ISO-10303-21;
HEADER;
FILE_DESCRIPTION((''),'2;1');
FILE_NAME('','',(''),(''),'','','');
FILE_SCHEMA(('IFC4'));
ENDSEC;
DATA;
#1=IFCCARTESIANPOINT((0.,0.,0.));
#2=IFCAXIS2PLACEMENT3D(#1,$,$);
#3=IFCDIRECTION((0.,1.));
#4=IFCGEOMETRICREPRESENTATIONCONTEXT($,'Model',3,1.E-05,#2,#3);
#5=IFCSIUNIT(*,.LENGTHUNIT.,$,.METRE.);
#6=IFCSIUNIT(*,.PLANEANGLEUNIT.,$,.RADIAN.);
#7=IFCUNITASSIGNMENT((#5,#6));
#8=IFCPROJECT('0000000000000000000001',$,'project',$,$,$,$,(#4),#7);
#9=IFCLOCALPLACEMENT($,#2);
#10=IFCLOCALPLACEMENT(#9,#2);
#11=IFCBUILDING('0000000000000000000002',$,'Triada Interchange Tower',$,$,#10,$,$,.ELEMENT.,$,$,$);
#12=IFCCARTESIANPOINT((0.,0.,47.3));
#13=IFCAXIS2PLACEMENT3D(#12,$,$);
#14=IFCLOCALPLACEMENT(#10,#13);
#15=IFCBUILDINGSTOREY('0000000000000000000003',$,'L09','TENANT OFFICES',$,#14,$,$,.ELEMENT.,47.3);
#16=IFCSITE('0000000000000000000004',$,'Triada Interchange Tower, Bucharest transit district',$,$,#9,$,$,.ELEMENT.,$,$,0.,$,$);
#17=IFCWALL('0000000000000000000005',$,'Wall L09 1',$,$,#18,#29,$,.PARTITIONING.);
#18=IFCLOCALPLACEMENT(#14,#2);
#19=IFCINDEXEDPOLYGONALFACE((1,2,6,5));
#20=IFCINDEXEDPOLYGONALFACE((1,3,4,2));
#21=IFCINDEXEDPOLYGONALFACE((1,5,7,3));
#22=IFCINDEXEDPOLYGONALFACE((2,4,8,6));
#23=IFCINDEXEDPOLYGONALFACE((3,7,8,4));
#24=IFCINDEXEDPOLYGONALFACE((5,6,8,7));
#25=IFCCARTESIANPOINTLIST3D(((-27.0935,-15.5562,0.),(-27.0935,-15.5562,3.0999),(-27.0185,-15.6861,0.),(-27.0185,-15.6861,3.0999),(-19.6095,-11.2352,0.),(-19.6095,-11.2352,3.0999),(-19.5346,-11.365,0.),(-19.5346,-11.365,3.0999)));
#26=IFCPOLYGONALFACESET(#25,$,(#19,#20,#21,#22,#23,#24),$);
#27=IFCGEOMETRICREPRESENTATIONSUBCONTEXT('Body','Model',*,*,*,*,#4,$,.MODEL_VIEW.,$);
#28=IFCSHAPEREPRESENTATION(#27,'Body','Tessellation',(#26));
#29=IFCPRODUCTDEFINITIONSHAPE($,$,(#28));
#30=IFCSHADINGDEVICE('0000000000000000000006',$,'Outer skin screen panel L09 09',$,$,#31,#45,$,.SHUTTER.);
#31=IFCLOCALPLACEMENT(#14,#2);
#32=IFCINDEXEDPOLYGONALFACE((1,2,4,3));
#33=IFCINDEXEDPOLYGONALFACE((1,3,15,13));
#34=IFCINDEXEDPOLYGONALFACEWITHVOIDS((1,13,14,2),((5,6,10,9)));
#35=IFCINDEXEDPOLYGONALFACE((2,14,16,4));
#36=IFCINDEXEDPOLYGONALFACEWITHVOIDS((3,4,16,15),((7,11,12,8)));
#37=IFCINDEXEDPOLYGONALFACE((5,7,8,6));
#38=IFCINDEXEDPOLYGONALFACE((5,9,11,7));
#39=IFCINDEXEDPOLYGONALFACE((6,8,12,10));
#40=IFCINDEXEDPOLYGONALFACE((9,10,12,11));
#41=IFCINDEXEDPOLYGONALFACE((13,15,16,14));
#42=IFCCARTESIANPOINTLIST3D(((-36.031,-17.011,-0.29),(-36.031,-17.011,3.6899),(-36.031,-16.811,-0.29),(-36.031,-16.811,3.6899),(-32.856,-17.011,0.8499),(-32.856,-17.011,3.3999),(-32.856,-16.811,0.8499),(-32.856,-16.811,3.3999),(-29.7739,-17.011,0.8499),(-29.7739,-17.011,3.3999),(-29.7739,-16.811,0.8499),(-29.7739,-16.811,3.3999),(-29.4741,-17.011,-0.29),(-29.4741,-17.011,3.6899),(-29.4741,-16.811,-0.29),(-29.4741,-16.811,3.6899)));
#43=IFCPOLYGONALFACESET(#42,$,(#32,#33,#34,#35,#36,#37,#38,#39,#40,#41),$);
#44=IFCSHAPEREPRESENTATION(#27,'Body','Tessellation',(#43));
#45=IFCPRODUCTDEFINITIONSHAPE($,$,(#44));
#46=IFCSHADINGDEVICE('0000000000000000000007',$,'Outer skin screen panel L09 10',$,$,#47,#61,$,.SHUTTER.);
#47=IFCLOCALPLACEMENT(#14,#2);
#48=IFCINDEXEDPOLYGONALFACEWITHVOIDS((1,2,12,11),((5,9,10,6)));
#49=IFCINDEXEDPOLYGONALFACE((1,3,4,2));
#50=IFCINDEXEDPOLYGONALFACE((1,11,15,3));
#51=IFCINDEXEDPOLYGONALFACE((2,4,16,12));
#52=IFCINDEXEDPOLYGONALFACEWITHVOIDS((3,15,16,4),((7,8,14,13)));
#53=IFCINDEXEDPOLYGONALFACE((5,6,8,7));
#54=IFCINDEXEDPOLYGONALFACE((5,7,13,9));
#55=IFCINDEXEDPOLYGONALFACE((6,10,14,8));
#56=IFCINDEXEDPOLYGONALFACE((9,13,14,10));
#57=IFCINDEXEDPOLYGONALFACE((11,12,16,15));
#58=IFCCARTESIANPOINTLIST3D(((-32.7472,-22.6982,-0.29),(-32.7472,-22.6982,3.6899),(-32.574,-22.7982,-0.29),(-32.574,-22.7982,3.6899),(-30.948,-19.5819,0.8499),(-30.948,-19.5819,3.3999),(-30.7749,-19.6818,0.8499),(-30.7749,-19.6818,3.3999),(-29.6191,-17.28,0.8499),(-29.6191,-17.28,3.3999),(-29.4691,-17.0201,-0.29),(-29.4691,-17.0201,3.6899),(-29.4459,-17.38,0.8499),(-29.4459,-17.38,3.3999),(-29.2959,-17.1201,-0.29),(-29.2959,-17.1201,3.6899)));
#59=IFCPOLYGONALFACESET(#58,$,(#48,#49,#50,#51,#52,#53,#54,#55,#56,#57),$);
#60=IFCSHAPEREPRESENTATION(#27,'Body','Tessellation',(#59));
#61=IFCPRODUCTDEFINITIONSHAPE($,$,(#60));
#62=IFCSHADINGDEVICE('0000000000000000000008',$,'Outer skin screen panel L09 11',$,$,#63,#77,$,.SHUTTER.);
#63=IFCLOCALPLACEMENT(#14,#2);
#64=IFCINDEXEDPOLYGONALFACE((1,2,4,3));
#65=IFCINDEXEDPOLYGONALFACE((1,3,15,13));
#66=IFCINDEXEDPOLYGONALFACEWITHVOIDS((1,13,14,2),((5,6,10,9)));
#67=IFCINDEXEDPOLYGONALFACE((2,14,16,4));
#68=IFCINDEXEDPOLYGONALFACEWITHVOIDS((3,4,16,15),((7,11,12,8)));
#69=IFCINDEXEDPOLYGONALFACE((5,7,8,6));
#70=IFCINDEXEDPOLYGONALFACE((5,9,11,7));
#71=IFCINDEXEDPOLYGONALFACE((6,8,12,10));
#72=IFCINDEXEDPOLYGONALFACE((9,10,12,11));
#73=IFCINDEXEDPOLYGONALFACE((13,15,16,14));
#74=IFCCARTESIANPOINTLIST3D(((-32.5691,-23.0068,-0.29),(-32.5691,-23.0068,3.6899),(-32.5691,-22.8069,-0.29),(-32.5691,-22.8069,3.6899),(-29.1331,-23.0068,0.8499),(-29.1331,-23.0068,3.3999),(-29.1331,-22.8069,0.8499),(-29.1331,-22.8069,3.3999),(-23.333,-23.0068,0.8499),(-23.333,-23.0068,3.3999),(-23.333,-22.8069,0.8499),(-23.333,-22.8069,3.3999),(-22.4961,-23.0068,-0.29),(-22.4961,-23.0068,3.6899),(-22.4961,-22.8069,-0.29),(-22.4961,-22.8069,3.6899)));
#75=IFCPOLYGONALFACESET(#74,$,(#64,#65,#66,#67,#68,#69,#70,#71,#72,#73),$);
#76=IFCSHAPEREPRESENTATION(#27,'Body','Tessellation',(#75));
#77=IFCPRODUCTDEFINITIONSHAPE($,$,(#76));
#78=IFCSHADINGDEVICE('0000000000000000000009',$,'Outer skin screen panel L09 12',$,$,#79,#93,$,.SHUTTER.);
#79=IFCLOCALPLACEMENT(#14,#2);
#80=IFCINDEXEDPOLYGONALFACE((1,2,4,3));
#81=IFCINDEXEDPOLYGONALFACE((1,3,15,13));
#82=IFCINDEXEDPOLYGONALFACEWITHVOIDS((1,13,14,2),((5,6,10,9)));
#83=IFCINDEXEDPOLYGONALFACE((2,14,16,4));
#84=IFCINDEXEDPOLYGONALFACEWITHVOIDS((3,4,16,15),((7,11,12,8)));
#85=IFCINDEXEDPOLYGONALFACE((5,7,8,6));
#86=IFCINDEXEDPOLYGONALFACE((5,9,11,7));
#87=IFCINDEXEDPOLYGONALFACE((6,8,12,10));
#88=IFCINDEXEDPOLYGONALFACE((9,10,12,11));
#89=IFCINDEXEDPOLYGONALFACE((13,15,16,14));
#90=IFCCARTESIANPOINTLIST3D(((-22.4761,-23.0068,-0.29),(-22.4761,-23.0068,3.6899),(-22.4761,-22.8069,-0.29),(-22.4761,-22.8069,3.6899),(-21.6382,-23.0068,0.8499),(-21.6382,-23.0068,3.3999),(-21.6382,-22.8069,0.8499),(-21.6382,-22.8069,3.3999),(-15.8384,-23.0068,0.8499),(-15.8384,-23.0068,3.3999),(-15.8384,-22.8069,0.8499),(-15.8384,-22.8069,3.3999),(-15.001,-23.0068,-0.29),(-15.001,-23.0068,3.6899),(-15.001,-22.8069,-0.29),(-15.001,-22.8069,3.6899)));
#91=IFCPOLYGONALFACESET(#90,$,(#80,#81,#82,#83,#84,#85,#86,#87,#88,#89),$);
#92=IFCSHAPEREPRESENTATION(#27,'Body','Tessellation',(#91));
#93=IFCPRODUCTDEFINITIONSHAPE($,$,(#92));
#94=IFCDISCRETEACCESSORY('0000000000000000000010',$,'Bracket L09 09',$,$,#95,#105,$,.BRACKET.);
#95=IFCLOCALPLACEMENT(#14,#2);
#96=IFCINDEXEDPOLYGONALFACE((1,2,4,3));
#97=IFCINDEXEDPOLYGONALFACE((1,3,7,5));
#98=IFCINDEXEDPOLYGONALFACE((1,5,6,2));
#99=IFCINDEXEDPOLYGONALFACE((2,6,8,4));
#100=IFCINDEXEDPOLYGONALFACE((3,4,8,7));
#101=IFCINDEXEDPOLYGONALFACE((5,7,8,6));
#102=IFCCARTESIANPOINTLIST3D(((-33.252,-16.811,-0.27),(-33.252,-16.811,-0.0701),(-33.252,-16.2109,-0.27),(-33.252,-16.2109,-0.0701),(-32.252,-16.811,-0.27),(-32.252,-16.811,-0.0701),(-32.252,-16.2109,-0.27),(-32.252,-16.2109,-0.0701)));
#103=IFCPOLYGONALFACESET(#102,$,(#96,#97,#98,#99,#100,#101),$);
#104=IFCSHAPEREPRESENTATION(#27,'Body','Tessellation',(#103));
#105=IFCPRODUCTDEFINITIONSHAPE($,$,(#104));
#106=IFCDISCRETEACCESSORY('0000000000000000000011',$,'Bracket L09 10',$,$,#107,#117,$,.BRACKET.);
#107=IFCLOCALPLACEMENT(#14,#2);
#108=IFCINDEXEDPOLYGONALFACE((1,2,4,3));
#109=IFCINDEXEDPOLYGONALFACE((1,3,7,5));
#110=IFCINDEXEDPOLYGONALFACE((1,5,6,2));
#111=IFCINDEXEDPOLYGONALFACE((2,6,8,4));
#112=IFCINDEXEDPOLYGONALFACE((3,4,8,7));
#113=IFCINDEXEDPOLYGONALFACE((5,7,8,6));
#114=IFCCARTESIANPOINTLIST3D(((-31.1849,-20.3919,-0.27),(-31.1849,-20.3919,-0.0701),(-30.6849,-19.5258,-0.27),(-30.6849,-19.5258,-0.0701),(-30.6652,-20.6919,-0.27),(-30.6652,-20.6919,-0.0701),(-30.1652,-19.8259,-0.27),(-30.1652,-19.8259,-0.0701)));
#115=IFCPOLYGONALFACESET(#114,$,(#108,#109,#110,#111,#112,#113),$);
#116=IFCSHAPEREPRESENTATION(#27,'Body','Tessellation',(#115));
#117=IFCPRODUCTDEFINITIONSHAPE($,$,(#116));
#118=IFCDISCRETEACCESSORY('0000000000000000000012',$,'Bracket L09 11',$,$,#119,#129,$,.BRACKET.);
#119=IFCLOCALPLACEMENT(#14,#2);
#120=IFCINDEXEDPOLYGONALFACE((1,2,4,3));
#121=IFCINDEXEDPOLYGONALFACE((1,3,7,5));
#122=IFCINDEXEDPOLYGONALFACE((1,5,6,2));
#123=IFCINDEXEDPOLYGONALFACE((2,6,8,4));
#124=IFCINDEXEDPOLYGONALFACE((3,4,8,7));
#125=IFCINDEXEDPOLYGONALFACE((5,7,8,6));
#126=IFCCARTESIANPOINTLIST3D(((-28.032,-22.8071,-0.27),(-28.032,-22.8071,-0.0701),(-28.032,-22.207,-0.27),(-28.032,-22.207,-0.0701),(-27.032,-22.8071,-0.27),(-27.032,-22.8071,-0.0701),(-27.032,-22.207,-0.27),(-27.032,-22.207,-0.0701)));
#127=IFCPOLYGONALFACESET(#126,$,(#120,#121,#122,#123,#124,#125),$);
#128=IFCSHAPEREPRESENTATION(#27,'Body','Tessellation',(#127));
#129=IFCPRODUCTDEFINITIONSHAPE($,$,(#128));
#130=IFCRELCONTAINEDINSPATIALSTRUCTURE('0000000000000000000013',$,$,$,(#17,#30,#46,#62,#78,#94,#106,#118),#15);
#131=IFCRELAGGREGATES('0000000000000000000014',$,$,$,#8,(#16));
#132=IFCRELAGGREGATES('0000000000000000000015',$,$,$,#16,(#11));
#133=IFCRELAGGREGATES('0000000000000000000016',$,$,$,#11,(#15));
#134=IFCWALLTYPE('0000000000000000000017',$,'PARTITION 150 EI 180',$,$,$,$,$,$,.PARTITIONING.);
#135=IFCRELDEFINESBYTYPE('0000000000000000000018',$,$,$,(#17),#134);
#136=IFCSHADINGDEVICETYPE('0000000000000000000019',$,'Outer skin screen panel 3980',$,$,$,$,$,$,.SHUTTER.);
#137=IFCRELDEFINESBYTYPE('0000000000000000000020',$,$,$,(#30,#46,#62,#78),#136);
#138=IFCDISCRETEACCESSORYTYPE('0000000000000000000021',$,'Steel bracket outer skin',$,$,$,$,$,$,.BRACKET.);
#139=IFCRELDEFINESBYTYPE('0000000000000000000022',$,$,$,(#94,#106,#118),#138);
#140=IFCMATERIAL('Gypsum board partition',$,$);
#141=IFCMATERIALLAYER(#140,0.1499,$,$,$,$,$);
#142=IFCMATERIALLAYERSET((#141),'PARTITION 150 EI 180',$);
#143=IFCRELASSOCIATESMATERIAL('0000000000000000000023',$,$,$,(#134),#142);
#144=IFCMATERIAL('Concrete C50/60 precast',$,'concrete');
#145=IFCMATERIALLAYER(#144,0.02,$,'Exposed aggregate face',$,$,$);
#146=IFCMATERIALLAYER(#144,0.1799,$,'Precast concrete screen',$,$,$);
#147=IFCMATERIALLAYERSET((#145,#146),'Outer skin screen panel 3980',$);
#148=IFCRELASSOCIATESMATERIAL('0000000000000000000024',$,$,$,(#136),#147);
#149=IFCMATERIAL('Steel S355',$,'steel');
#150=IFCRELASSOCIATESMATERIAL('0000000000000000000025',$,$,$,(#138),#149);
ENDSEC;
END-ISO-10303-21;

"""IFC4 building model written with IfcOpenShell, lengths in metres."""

from ifc_helpers import new_model, si_unit, direction, frame, frame_2d, origin, origin_2d, place, context, subcontext, project, spatial, polyline, rectangle, outline, extrude, material, layer, layer_set, type_object, element, save


model = new_model("IFC4")

# Units and contexts
model_context = context("Model", 3, precision=1e-05, world=origin(), true_north=direction((0.0, 1.0)))
body_context = subcontext(model_context, "Body", "Model", "MODEL_VIEW")
ifc_project = project(units=[si_unit("LENGTHUNIT", "METRE"), si_unit("PLANEANGLEUNIT", "RADIAN")], contexts=[model_context])

# Site, building, storey
site_placement = place(None, origin())
site = spatial("IfcSite", under=ifc_project, at=site_placement, Name="Triada Interchange Tower, Bucharest transit district", CompositionType="ELEMENT", RefElevation=0.0)
building_placement = place(site_placement, origin())
building = spatial("IfcBuilding", under=site, at=building_placement, Name="Triada Interchange Tower", CompositionType="ELEMENT")
storey_placement = place(building_placement, frame((0.0, 0.0, 47.3)))
storey = spatial("IfcBuildingStorey", under=building, at=storey_placement, Name="L09", Description="TENANT OFFICES", CompositionType="ELEMENT", Elevation=47.3)

# Wall
ifc_material_1 = material(Name="Gypsum board partition")
ifc_layer_1 = layer(ifc_material_1, 0.1499)
ifc_layer_set_1 = layer_set([ifc_layer_1], Name="PARTITION 150 EI 180")
wall_type_1 = type_object("IfcWallType", Name="PARTITION 150 EI 180", PredefinedType="PARTITIONING", material=ifc_layer_set_1)
wall_1_placement = place(storey_placement, frame((-27.0559, -15.6211, 0.0), z_axis=(0.0, 0.0, 1.0), x_axis=(0.866014, 0.500019, 0.0)))
element("IfcWall", 1, at=wall_1_placement, inside=storey, type_object=wall_type_1, Name="Wall L09 1", PredefinedType="PARTITIONING", context=body_context, shape_type="SweptSolid", body=[
    extrude(rectangle(XDim=8.6418, YDim=0.1499, at=frame_2d((4.3208, 0.0))), origin(), (0.0, 0.0, 1.0), 3.0999),
])

# Shading devices
ifc_material_2 = material(Name="Concrete C50/60 precast", Category="concrete")
ifc_layer_2 = layer(ifc_material_2, 0.02, Name="Exposed aggregate face")
ifc_layer_3 = layer(ifc_material_2, 0.1799, Name="Precast concrete screen")
ifc_layer_set_2 = layer_set([ifc_layer_2, ifc_layer_3], Name="Outer skin screen panel 3980")
shading_device_type = type_object("IfcShadingDeviceType", Name="Outer skin screen panel 3980", PredefinedType="SHUTTER", material=ifc_layer_set_2)
shading_device_1_placement = place(storey_placement, frame((-36.031, -16.811, -0.29), z_axis=(0.0, 0.0, 1.0), x_axis=(1.0, 0.0, 0.0)))
element("IfcShadingDevice", 2, at=shading_device_1_placement, inside=storey, type_object=shading_device_type, Name="Outer skin screen panel L09 09", PredefinedType="SHUTTER", context=body_context, shape_type="SweptSolid", body=[
    extrude(outline(polyline([(0.0, 0.0), (6.5569, 0.0), (6.5569, 3.98), (0.0, 3.98), (0.0, 0.0)]), holes=[polyline([(3.175, 1.1399), (3.175, 3.6899), (6.2571, 3.6899), (6.2571, 1.1399), (3.175, 1.1399)])]), frame((0.0, 0.0, 0.0), z_axis=(0.0, -1.0, 0.0), x_axis=(1.0, 0.0, 0.0)), (0.0, 0.0, 1.0), 0.2),
])
shading_device_2_placement = place(storey_placement, frame((-29.2959, -17.1201, -0.29), z_axis=(0.0, 0.0, 1.0), x_axis=(-0.499988, -0.866032, 0.0)))
element("IfcShadingDevice", 3, at=shading_device_2_placement, inside=storey, type_object=shading_device_type, Name="Outer skin screen panel L09 10", PredefinedType="SHUTTER", context=body_context, shape_type="SweptSolid", body=[
    extrude(outline(polyline([(0.0, 0.0), (6.5564, 0.0), (6.5564, 3.98), (0.0, 3.98), (0.0, 0.0)]), holes=[polyline([(0.3, 1.1399), (0.3, 3.6899), (2.958, 3.6899), (2.958, 1.1399), (0.3, 1.1399)])]), frame((0.0, 0.0, 0.0), z_axis=(0.0, -1.0, 0.0), x_axis=(1.0, 0.0, 0.0)), (0.0, 0.0, 1.0), 0.2),
])
shading_device_3_placement = place(storey_placement, frame((-32.5691, -22.8069, -0.29), z_axis=(0.0, 0.0, 1.0), x_axis=(1.0, 0.0, 0.0)))
element("IfcShadingDevice", 4, at=shading_device_3_placement, inside=storey, type_object=shading_device_type, Name="Outer skin screen panel L09 11", PredefinedType="SHUTTER", context=body_context, shape_type="SweptSolid", body=[
    extrude(outline(polyline([(0.0, 0.0), (10.073, 0.0), (10.073, 3.98), (0.0, 3.98), (0.0, 0.0)]), holes=[polyline([(3.436, 1.1399), (3.436, 3.6899), (9.2361, 3.6899), (9.2361, 1.1399), (3.436, 1.1399)])]), frame((0.0, 0.0, 0.0), z_axis=(0.0, -1.0, 0.0), x_axis=(1.0, 0.0, 0.0)), (0.0, 0.0, 1.0), 0.2),
])
shading_device_4_placement = place(storey_placement, frame((-22.4761, -22.8069, -0.29), z_axis=(0.0, 0.0, 1.0), x_axis=(1.0, 0.0, 0.0)))
element("IfcShadingDevice", 5, at=shading_device_4_placement, inside=storey, type_object=shading_device_type, Name="Outer skin screen panel L09 12", PredefinedType="SHUTTER", context=body_context, shape_type="SweptSolid", body=[
    extrude(outline(polyline([(0.0, 0.0), (7.4751, 0.0), (7.4751, 3.98), (0.0, 3.98), (0.0, 0.0)]), holes=[polyline([(0.8379, 1.1399), (0.8379, 3.6899), (6.6377, 3.6899), (6.6377, 1.1399), (0.8379, 1.1399)])]), frame((0.0, 0.0, 0.0), z_axis=(0.0, -1.0, 0.0), x_axis=(1.0, 0.0, 0.0)), (0.0, 0.0, 1.0), 0.2),
])

# Discrete accessories
ifc_material_3 = material(Name="Steel S355", Category="steel")
discrete_accessory_type = type_object("IfcDiscreteAccessoryType", Name="Steel bracket outer skin", PredefinedType="BRACKET", material=ifc_material_3)
for number, where, z_axis, x_axis, name in (
    (6, (-32.752, -16.511, -0.27), (0.0, 0.0, 1.0), (0.0, -1.0, 0.0), "Bracket L09 09"),
    (7, (-30.675, -20.1089, -0.27), (0.0, 0.0, 1.0), (-0.866012, 0.500023, 0.0), "Bracket L09 10"),
    (8, (-27.532, -22.5071, -0.27), (0.0, 0.0, 1.0), (0.0, -1.0, 0.0), "Bracket L09 11"),
):
    element("IfcDiscreteAccessory", number, at=place(storey_placement, frame(where, z_axis=z_axis, x_axis=x_axis)), inside=storey, type_object=discrete_accessory_type, Name=name, PredefinedType="BRACKET", context=body_context, shape_type="SweptSolid", body=[
        extrude(rectangle(XDim=0.6001, YDim=1.0, at=origin_2d()), origin(), (0.0, 0.0, 1.0), 0.2),
    ])

save(model, "model.ifc")
